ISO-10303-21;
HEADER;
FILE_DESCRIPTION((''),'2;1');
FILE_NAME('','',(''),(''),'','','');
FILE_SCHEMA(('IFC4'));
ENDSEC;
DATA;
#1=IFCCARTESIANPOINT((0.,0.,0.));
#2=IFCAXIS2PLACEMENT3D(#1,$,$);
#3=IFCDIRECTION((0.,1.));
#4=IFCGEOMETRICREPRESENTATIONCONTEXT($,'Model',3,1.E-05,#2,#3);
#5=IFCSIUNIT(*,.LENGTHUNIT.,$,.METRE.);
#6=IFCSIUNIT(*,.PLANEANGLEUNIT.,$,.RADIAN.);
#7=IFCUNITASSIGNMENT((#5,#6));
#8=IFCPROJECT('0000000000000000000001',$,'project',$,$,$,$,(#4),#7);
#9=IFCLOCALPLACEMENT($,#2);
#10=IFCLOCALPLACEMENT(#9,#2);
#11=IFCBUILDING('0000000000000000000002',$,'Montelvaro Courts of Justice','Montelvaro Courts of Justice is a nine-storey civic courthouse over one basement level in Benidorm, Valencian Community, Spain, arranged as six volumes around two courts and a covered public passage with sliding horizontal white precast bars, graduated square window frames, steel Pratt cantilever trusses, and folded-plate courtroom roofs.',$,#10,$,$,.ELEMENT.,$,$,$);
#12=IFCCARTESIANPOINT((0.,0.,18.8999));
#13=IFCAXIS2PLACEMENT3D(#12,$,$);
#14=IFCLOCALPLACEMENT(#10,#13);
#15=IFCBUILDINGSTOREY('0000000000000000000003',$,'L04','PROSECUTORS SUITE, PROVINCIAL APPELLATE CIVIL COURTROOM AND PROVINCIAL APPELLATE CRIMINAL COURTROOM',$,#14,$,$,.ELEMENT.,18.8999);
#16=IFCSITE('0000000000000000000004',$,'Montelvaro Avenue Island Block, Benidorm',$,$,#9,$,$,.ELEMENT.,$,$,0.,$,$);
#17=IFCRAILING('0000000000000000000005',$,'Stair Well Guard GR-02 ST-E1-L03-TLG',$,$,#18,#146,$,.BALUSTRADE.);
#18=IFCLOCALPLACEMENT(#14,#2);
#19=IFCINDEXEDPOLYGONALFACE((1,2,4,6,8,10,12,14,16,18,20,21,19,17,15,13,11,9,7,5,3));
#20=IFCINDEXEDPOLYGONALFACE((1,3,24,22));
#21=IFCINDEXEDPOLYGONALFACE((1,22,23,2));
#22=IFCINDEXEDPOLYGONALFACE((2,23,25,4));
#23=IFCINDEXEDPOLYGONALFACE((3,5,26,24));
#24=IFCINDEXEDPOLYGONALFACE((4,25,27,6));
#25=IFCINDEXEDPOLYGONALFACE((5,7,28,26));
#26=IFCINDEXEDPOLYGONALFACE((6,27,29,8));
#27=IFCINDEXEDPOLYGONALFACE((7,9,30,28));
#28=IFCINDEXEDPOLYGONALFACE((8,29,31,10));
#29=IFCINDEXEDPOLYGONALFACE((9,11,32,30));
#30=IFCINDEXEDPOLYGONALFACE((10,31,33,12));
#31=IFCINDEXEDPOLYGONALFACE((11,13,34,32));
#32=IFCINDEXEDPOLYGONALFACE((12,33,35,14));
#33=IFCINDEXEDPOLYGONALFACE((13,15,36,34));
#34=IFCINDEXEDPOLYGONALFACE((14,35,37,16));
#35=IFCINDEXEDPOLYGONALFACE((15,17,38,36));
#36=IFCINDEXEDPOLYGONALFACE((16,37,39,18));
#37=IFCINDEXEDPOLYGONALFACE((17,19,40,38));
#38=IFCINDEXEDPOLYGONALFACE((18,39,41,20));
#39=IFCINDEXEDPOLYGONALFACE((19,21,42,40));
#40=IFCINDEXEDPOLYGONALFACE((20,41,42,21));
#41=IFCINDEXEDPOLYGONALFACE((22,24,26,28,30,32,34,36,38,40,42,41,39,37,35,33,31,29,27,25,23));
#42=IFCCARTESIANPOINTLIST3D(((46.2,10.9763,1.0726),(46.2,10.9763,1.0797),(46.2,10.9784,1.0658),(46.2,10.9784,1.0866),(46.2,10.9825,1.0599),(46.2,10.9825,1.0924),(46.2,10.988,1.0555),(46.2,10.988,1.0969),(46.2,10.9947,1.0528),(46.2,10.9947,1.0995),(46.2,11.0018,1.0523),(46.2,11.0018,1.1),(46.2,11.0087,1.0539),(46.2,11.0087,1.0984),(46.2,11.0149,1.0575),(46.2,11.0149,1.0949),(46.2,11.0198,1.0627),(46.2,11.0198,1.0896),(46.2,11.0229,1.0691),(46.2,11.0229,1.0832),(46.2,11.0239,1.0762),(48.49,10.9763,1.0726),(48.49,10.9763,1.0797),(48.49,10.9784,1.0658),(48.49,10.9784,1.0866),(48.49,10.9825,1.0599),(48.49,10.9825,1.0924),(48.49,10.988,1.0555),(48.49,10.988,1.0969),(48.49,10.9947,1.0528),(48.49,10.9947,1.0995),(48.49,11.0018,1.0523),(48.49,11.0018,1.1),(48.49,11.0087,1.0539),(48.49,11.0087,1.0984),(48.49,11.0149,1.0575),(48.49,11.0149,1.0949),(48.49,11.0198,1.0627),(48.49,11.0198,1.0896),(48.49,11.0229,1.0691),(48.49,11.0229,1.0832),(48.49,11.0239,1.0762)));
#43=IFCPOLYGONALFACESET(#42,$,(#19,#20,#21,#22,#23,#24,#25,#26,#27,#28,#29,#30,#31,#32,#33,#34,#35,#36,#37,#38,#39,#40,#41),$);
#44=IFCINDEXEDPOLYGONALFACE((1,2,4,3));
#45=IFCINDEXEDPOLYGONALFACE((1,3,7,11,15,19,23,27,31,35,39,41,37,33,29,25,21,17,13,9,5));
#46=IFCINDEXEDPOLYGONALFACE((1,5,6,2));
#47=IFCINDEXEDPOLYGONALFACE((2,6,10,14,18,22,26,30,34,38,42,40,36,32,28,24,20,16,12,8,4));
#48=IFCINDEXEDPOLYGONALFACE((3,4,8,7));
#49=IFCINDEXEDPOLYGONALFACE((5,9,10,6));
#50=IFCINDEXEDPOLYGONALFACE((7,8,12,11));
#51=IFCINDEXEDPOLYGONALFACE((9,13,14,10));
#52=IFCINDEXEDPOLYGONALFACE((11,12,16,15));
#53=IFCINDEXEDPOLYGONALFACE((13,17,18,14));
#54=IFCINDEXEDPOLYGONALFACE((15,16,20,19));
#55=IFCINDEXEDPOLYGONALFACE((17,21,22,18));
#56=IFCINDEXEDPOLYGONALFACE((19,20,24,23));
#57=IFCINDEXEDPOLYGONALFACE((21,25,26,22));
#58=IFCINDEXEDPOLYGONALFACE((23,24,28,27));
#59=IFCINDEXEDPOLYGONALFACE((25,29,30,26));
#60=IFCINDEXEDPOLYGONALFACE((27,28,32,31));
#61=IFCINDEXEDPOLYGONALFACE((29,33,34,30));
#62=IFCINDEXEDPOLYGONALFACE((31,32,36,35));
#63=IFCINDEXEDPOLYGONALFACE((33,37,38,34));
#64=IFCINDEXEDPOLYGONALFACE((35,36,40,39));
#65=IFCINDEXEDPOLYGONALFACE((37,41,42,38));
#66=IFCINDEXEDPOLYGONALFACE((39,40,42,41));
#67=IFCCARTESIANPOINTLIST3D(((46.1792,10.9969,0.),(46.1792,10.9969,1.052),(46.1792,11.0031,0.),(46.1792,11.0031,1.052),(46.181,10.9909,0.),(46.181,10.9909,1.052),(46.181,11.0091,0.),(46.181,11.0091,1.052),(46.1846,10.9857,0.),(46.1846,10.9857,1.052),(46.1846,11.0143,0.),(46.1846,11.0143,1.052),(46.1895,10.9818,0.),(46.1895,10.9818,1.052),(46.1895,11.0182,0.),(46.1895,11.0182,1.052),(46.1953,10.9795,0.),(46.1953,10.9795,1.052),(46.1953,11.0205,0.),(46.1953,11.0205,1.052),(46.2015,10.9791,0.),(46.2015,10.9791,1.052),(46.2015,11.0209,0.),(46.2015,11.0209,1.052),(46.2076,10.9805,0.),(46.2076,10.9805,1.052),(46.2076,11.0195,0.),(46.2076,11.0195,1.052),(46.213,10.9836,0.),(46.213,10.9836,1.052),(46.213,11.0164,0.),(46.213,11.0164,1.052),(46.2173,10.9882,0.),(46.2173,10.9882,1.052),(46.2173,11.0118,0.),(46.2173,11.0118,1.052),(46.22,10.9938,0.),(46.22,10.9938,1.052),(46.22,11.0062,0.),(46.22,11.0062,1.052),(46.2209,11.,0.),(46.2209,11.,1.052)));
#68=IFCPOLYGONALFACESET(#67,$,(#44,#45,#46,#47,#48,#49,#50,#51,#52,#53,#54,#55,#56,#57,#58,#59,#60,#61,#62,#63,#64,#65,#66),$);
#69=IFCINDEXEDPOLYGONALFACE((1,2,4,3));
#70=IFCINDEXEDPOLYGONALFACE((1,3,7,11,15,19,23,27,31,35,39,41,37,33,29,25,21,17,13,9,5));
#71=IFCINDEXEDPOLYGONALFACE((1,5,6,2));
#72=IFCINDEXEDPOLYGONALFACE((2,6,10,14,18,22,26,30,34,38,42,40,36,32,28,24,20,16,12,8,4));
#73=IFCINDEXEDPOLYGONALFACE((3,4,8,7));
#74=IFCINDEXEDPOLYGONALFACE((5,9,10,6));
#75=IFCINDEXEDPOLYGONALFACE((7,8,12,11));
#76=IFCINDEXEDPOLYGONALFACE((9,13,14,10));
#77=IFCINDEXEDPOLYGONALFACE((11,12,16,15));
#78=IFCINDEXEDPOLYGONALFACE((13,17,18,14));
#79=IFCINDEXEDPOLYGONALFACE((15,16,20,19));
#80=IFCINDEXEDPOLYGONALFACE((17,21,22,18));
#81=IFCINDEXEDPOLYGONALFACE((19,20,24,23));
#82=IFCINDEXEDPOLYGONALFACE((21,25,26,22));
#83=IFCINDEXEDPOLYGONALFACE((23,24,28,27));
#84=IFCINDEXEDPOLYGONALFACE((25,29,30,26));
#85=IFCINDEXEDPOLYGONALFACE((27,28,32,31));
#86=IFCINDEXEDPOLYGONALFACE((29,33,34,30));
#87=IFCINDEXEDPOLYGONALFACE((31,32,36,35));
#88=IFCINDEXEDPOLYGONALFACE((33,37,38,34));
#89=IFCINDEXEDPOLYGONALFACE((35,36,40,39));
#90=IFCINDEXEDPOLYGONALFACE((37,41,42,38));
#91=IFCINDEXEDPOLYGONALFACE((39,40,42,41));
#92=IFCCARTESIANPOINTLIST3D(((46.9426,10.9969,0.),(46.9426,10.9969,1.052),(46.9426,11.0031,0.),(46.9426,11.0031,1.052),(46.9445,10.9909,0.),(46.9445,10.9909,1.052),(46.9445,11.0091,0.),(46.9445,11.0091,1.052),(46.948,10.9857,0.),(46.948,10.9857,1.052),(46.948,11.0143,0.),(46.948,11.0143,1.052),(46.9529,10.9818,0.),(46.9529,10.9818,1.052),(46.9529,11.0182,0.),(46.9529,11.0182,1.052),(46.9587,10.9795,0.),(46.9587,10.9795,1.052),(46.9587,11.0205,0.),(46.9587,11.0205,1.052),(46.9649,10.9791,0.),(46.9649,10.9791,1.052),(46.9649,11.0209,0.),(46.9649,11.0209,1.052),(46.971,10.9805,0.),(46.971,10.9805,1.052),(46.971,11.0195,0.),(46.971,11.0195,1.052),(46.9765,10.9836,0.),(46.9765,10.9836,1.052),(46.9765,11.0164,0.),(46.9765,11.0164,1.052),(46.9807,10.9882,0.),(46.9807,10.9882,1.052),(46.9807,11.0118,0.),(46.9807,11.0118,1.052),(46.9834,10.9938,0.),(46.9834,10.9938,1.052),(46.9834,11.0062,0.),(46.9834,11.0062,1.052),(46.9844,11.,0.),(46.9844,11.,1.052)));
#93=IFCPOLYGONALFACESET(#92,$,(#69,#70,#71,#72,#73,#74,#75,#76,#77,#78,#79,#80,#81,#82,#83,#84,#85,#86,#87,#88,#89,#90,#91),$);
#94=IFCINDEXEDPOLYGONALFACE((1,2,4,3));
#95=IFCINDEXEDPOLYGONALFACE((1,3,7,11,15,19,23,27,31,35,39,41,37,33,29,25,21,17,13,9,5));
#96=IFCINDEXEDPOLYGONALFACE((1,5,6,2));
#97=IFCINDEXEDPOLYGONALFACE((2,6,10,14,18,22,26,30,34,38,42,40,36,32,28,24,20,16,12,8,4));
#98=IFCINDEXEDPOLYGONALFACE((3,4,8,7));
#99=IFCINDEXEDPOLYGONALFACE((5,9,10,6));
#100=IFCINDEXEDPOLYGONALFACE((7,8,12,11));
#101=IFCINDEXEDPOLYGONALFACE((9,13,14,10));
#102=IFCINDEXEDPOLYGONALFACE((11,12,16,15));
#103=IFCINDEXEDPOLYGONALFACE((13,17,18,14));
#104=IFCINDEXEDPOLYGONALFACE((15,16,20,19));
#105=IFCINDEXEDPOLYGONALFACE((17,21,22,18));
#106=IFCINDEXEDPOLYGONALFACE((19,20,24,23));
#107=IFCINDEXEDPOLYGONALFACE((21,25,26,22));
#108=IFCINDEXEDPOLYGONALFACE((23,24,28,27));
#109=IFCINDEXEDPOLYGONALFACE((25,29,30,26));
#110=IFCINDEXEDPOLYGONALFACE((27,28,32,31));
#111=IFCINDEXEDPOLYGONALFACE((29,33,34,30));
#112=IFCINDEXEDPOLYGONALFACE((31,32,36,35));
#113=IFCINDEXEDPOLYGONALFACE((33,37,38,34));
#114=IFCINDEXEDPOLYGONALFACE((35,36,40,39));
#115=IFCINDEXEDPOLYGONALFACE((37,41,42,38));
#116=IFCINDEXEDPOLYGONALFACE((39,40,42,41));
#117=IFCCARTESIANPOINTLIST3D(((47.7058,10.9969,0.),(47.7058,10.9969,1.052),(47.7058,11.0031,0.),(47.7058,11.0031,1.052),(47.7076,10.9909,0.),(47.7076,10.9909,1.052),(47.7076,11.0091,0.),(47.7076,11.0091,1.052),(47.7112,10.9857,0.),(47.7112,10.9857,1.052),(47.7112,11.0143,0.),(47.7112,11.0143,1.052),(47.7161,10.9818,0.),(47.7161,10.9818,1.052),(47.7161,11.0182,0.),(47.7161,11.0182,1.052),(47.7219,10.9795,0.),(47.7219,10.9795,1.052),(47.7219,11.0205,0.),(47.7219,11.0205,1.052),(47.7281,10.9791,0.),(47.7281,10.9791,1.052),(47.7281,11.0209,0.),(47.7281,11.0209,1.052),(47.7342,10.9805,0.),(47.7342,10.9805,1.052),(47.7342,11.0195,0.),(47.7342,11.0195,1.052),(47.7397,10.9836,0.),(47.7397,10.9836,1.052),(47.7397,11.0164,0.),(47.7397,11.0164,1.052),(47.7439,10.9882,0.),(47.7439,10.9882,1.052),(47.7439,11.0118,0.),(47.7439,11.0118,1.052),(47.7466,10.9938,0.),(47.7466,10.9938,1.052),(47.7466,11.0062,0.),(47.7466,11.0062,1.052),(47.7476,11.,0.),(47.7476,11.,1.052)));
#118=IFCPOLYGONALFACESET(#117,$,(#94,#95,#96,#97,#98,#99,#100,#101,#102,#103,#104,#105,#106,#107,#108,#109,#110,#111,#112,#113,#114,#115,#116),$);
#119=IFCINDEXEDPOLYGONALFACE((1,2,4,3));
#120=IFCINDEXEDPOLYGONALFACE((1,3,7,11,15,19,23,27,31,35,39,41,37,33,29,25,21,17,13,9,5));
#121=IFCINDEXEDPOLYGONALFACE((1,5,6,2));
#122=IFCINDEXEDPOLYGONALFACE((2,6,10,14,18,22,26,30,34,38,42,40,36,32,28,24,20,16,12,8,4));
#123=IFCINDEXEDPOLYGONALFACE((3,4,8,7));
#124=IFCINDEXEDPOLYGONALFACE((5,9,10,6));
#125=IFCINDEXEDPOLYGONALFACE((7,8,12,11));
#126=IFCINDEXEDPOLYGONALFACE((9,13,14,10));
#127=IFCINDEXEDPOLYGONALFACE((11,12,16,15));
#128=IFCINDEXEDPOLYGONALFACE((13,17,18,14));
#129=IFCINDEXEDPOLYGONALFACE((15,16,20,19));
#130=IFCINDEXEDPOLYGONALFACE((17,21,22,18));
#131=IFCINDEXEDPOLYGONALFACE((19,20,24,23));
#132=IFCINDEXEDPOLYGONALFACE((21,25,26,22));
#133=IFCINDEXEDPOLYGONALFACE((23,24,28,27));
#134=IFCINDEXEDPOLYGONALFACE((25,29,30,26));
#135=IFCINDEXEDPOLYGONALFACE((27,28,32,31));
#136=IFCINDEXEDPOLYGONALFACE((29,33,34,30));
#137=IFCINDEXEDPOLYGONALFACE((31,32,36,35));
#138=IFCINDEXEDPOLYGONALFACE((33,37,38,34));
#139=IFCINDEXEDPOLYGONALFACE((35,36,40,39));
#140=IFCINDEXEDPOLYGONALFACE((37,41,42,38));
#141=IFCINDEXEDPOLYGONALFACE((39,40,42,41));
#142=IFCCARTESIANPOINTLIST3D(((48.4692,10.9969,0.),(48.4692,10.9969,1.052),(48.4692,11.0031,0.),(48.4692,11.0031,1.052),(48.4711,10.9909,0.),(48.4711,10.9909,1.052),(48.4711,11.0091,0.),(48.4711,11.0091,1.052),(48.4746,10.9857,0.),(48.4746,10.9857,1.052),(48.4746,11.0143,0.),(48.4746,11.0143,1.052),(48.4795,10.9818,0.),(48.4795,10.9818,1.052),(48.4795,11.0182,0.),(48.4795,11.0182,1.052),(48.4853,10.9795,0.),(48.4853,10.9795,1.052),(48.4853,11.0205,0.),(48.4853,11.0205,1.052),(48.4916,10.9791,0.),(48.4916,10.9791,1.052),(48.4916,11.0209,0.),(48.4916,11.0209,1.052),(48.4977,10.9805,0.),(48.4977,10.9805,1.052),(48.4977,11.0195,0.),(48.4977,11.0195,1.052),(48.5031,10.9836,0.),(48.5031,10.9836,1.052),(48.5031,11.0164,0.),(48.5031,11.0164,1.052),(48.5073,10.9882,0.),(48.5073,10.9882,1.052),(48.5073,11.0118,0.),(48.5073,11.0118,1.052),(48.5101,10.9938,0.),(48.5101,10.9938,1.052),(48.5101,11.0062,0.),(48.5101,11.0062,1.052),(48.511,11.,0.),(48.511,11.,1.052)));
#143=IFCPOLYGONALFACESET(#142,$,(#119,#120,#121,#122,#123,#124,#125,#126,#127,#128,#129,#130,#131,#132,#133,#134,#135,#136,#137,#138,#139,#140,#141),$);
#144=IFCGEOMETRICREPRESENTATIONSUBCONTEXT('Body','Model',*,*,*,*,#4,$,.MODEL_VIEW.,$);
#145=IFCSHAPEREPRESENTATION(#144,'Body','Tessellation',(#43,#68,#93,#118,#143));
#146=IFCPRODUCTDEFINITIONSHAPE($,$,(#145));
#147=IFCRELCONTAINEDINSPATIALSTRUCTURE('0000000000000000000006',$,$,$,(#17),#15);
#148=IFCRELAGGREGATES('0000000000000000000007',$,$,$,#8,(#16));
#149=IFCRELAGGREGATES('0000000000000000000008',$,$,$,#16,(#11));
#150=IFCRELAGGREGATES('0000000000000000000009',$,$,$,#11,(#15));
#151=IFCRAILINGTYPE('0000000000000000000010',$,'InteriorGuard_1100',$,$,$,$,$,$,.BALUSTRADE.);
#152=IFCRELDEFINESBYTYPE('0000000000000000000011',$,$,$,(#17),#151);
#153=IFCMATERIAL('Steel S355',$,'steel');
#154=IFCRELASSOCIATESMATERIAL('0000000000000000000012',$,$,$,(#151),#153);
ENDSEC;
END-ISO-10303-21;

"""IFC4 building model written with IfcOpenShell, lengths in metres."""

from ifc_helpers import new_model, si_unit, direction, frame, origin, origin_2d, place, context, subcontext, project, spatial, circle, extrude, material, type_object, element, save


model = new_model("IFC4")

# Units and contexts
model_context = context("Model", 3, precision=1e-05, world=origin(), true_north=direction((0.0, 1.0)))
body_context = subcontext(model_context, "Body", "Model", "MODEL_VIEW")
ifc_project = project(units=[si_unit("LENGTHUNIT", "METRE"), si_unit("PLANEANGLEUNIT", "RADIAN")], contexts=[model_context])

# Site, building, storey
site_placement = place(None, origin())
site = spatial("IfcSite", under=ifc_project, at=site_placement, Name="Montelvaro Avenue Island Block, Benidorm", CompositionType="ELEMENT", RefElevation=0.0)
building_placement = place(site_placement, origin())
building = spatial("IfcBuilding", under=site, at=building_placement, Name="Montelvaro Courts of Justice", Description="Montelvaro Courts of Justice is a nine-storey civic courthouse over one basement level in Benidorm, Valencian Community, Spain, arranged as six volumes around two courts and a covered public passage with sliding horizontal white precast bars, graduated square window frames, steel Pratt cantilever trusses, and folded-plate courtroom roofs.", CompositionType="ELEMENT")
storey_placement = place(building_placement, frame((0.0, 0.0, 18.8999)))
storey = spatial("IfcBuildingStorey", under=building, at=storey_placement, Name="L04", Description="PROSECUTORS SUITE, PROVINCIAL APPELLATE CIVIL COURTROOM AND PROVINCIAL APPELLATE CRIMINAL COURTROOM", CompositionType="ELEMENT", Elevation=18.8999)

# Shared definitions
ifc_material_1 = material(Name="Steel S355", Category="steel")

# Railing
railing_type_1 = type_object("IfcRailingType", Name="InteriorGuard_1100", PredefinedType="BALUSTRADE", material=ifc_material_1)
railing_1_placement = place(storey_placement, frame((46.2, 11.0, 0.0)))
element("IfcRailing", 1, at=railing_1_placement, inside=storey, type_object=railing_type_1, Name="Stair Well Guard GR-02 ST-E1-L03-TLG", PredefinedType="BALUSTRADE", context=body_context, shape_type="SweptSolid", body=[
    extrude(circle(Radius=0.0239, at=origin_2d()), frame((0.0, 0.0, 1.0762), z_axis=(1.0, 0.0, 0.0), x_axis=(0.0, 1.0, 0.0)), (0.0, 0.0, 1.0), 2.29),
    extrude(circle(Radius=0.021, at=origin_2d()), origin(), (0.0, 0.0, 1.0), 1.052),
    extrude(circle(Radius=0.021, at=origin_2d()), frame((0.7634, 0.0, 0.0)), (0.0, 0.0, 1.0), 1.052),
    extrude(circle(Radius=0.021, at=origin_2d()), frame((1.5266, 0.0, 0.0)), (0.0, 0.0, 1.0), 1.052),
    extrude(circle(Radius=0.021, at=origin_2d()), frame((2.29, 0.0, 0.0)), (0.0, 0.0, 1.0), 1.052),
])

save(model, "model.ifc")
